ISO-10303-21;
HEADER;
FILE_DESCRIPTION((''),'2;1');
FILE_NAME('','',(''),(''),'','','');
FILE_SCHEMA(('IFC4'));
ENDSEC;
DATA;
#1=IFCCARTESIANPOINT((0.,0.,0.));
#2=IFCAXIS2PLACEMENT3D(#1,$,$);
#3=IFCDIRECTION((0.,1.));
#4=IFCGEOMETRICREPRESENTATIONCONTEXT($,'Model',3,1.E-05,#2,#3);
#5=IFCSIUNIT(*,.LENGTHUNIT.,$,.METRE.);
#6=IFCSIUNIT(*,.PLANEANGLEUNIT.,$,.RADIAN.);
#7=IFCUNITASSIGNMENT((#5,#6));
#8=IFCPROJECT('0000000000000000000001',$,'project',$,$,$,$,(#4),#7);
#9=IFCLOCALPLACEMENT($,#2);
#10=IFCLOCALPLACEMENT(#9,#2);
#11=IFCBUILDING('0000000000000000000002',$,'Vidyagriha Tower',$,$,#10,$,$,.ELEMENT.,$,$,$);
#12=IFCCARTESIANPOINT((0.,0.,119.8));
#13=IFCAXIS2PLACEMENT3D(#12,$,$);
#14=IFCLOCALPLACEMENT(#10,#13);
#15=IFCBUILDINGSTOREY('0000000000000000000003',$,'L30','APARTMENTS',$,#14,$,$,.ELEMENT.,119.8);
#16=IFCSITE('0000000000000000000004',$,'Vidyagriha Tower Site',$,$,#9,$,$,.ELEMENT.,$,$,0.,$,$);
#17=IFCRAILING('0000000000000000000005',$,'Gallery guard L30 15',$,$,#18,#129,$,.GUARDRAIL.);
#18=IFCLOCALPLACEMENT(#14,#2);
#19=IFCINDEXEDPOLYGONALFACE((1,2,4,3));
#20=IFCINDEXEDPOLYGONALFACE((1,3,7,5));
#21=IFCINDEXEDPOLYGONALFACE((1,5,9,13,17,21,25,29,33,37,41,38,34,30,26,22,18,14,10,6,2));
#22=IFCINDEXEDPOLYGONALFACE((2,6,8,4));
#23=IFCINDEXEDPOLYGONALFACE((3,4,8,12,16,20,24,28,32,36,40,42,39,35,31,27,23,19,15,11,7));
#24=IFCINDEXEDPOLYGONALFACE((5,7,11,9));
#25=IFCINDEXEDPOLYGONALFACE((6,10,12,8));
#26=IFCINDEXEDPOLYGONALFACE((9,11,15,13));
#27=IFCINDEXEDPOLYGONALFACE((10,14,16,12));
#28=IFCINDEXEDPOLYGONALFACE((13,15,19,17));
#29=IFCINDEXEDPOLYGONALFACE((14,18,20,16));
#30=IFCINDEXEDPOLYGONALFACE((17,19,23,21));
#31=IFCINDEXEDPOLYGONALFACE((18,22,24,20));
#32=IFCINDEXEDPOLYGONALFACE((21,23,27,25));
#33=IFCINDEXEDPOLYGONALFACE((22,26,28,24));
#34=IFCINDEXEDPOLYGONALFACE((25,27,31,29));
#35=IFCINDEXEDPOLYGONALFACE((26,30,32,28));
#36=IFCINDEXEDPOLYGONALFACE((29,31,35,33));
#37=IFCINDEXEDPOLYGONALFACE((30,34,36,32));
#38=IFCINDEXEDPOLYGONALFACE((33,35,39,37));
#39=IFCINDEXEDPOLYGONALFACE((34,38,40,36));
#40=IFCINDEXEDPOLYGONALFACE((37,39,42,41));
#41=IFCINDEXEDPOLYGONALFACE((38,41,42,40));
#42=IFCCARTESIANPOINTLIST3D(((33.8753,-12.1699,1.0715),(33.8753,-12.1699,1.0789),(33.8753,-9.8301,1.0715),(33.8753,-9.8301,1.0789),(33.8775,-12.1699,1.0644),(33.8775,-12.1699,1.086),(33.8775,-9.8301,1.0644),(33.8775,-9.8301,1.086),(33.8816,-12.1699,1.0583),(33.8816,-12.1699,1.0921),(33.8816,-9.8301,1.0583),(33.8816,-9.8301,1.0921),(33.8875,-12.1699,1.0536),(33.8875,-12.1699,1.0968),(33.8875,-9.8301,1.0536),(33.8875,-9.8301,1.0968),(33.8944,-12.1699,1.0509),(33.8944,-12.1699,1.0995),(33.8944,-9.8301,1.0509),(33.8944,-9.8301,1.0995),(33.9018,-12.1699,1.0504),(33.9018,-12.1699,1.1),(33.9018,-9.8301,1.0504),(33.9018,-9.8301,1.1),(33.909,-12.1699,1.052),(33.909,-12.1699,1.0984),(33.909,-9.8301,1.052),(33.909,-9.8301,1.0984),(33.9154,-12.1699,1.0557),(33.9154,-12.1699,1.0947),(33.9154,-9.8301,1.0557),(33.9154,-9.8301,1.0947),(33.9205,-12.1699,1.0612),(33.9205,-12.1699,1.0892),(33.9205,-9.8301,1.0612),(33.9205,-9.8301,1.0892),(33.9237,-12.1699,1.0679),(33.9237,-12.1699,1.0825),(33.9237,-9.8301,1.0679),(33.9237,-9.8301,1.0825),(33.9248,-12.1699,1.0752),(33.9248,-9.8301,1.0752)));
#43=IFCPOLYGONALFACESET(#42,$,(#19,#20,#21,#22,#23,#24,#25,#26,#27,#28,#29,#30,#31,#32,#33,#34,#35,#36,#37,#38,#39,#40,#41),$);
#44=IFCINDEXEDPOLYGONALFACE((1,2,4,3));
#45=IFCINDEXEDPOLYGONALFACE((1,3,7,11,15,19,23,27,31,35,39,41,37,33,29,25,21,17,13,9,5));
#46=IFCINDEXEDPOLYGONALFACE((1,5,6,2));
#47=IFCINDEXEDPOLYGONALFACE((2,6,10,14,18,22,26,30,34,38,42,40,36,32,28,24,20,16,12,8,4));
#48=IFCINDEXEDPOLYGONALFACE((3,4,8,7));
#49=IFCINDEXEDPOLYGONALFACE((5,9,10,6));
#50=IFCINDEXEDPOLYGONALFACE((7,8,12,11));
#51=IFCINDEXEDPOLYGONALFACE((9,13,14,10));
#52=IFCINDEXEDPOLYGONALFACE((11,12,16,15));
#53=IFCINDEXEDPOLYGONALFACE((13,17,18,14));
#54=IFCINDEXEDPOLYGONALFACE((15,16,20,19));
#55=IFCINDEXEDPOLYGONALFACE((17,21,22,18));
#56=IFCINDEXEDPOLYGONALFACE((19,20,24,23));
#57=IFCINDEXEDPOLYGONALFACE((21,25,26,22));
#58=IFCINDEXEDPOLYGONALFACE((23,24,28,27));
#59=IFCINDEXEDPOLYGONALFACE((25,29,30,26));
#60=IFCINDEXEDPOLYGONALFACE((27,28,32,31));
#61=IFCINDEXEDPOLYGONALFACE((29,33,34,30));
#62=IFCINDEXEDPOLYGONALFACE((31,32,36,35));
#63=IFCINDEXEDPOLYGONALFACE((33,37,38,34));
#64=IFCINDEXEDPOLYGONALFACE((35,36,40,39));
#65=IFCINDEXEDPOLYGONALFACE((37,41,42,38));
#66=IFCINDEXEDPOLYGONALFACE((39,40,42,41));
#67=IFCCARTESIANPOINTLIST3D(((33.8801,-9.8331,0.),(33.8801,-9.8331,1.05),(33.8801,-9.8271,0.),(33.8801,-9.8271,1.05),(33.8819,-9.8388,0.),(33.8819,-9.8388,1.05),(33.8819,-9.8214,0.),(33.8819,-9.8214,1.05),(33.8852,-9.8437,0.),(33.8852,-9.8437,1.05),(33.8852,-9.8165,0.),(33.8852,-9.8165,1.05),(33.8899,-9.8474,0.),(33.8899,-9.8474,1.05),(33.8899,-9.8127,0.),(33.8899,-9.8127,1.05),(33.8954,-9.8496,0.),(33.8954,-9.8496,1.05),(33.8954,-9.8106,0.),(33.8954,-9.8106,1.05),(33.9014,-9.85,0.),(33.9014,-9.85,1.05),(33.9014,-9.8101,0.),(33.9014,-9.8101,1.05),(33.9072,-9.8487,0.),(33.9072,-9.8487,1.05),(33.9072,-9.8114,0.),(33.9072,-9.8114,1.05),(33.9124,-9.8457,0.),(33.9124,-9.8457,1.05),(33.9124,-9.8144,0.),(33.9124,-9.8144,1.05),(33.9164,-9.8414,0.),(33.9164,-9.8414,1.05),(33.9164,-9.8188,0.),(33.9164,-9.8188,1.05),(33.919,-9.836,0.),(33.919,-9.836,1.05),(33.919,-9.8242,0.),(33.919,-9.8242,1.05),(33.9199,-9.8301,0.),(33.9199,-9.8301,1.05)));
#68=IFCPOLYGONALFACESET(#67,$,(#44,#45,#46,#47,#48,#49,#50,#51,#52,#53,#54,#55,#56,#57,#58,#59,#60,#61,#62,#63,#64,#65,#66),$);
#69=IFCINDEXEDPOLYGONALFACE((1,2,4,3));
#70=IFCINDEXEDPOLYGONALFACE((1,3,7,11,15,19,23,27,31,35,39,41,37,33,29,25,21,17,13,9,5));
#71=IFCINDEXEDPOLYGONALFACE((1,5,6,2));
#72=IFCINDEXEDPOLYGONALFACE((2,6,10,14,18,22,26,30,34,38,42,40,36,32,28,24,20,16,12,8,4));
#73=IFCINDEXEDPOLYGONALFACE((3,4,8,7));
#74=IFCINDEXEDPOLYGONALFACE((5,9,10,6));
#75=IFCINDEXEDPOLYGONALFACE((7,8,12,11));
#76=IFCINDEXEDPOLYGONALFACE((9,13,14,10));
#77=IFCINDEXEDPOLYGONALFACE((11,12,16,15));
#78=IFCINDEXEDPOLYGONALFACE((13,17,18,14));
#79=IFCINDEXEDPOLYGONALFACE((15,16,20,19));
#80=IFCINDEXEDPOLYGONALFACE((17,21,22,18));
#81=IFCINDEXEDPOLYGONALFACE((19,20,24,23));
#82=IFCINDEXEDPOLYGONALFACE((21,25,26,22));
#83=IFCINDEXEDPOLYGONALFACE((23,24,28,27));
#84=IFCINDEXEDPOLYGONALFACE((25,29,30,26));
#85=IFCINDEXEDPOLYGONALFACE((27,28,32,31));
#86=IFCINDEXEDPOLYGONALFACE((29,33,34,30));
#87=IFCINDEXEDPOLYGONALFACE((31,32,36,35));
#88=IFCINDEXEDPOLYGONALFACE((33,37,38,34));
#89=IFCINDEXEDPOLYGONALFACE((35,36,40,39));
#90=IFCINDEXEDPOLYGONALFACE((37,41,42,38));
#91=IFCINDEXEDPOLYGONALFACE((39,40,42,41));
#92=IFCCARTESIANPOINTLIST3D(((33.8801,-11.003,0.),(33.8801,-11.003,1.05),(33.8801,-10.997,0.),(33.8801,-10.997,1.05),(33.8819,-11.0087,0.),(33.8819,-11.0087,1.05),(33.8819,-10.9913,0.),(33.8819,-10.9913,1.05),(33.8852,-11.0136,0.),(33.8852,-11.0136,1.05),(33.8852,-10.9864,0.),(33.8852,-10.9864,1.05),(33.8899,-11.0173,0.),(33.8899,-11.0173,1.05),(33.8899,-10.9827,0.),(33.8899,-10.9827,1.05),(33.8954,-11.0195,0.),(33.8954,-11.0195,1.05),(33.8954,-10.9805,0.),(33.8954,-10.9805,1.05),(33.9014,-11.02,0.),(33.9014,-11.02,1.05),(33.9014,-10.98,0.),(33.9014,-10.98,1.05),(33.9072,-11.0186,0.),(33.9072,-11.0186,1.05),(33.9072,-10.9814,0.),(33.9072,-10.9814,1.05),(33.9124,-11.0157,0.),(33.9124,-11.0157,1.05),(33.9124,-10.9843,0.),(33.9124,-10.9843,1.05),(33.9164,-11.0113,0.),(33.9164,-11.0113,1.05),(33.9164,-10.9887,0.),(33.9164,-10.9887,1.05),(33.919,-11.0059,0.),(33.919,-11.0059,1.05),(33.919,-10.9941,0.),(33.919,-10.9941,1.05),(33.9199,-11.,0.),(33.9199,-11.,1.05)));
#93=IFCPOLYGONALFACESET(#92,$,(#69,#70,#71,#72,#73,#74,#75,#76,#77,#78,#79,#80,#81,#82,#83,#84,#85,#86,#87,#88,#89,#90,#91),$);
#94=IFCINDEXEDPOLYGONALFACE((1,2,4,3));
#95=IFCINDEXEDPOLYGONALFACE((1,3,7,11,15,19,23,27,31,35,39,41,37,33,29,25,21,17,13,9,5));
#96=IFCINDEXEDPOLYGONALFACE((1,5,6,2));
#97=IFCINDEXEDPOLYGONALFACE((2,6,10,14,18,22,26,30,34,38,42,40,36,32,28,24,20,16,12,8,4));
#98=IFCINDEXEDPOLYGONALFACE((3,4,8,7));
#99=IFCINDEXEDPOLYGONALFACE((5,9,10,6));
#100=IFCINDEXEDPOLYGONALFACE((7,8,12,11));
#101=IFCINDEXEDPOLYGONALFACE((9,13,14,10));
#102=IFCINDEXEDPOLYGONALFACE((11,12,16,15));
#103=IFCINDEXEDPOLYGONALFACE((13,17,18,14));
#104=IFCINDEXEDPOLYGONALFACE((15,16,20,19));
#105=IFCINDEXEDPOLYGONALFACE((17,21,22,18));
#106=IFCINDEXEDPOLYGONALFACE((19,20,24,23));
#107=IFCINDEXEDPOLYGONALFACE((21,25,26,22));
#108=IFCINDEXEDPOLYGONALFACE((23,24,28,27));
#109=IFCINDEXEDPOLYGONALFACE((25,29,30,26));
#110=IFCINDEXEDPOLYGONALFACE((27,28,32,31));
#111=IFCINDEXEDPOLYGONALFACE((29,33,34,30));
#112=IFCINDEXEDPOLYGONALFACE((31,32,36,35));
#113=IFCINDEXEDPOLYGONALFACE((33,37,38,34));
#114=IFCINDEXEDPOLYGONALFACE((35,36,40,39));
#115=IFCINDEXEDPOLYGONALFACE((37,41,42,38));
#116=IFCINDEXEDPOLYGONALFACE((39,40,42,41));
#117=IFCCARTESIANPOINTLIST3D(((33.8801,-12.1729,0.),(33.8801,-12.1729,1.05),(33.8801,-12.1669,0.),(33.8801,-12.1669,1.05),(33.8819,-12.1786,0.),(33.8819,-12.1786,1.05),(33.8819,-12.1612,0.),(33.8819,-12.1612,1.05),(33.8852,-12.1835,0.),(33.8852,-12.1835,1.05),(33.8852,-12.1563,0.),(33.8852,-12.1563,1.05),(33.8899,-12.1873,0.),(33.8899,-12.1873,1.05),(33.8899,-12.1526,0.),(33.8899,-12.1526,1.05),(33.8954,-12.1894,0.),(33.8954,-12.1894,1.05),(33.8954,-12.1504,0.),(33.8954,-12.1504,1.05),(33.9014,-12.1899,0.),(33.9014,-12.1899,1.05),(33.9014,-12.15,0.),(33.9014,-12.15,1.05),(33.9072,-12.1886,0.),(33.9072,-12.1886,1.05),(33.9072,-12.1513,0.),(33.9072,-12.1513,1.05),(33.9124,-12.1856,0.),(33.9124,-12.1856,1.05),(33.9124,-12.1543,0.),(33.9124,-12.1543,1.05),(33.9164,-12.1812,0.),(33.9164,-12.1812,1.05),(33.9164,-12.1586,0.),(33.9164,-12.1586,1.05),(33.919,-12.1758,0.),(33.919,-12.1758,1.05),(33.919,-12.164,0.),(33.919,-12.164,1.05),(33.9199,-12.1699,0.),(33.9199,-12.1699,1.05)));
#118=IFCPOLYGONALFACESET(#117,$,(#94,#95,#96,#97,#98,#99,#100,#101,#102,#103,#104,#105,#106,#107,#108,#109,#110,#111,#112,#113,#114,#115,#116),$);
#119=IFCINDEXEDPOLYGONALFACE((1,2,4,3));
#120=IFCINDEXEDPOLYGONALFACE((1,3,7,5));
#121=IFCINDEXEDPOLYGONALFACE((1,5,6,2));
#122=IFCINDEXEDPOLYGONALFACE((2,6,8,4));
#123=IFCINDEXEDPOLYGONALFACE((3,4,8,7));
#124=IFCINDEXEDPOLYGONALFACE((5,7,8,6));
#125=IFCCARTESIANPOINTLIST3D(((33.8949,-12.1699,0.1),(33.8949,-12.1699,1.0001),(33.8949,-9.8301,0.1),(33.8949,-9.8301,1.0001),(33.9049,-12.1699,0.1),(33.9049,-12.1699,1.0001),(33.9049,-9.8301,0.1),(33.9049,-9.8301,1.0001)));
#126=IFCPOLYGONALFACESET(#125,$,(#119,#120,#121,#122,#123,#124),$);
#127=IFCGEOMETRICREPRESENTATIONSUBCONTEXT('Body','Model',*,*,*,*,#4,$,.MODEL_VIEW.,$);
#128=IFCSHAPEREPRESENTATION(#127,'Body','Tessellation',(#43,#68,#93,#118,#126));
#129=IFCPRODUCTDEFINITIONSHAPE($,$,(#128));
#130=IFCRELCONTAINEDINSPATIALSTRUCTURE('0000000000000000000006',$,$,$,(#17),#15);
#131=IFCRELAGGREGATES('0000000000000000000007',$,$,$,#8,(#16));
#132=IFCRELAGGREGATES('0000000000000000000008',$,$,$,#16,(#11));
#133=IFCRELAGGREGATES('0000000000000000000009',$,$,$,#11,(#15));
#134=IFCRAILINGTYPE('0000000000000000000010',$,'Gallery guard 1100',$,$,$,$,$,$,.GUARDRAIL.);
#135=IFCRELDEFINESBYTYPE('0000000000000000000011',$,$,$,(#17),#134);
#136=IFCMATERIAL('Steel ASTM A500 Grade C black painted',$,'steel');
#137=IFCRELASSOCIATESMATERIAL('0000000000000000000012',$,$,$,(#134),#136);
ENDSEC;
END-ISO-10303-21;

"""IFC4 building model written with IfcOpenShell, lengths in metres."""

from ifc_helpers import new_model, si_unit, direction, frame, origin, origin_2d, place, context, subcontext, project, spatial, rectangle, circle, extrude, material, type_object, element, save


model = new_model("IFC4")

# Units and contexts
model_context = context("Model", 3, precision=1e-05, world=origin(), true_north=direction((0.0, 1.0)))
body_context = subcontext(model_context, "Body", "Model", "MODEL_VIEW")
ifc_project = project(units=[si_unit("LENGTHUNIT", "METRE"), si_unit("PLANEANGLEUNIT", "RADIAN")], contexts=[model_context])

# Site, building, storey
site_placement = place(None, origin())
site = spatial("IfcSite", under=ifc_project, at=site_placement, Name="Vidyagriha Tower Site", CompositionType="ELEMENT", RefElevation=0.0)
building_placement = place(site_placement, origin())
building = spatial("IfcBuilding", under=site, at=building_placement, Name="Vidyagriha Tower", CompositionType="ELEMENT")
storey_placement = place(building_placement, frame((0.0, 0.0, 119.8)))
storey = spatial("IfcBuildingStorey", under=building, at=storey_placement, Name="L30", Description="APARTMENTS", CompositionType="ELEMENT", Elevation=119.8)

# Railing
ifc_material_1 = material(Name="Steel ASTM A500 Grade C black painted", Category="steel")
railing_type_1 = type_object("IfcRailingType", Name="Gallery guard 1100", PredefinedType="GUARDRAIL", material=ifc_material_1)
railing_1_placement = place(storey_placement, frame((33.8999, -9.8301, 0.0)))
element("IfcRailing", 1, at=railing_1_placement, inside=storey, type_object=railing_type_1, Name="Gallery guard L30 15", PredefinedType="GUARDRAIL", context=body_context, shape_type="SweptSolid", body=[
    extrude(circle(Radius=0.0249, at=origin_2d()), frame((0.0, 0.0, 1.0752), z_axis=(0.0, -1.0, 0.0), x_axis=(1.0, 0.0, 0.0)), (0.0, 0.0, 1.0), 2.3398),
    extrude(circle(Radius=0.02, at=origin_2d()), origin(), (0.0, 0.0, 1.0), 1.05),
    extrude(circle(Radius=0.02, at=origin_2d()), frame((0.0, -1.1699, 0.0)), (0.0, 0.0, 1.0), 1.05),
    extrude(circle(Radius=0.02, at=origin_2d()), frame((0.0, -2.3398, 0.0)), (0.0, 0.0, 1.0), 1.05),
    extrude(rectangle(XDim=0.01, YDim=0.9001, at=origin_2d()), frame((0.0, 0.0, 0.55), z_axis=(0.0, -1.0, 0.0), x_axis=(1.0, 0.0, 0.0)), (0.0, 0.0, 1.0), 2.3398),
])

save(model, "model.ifc")
